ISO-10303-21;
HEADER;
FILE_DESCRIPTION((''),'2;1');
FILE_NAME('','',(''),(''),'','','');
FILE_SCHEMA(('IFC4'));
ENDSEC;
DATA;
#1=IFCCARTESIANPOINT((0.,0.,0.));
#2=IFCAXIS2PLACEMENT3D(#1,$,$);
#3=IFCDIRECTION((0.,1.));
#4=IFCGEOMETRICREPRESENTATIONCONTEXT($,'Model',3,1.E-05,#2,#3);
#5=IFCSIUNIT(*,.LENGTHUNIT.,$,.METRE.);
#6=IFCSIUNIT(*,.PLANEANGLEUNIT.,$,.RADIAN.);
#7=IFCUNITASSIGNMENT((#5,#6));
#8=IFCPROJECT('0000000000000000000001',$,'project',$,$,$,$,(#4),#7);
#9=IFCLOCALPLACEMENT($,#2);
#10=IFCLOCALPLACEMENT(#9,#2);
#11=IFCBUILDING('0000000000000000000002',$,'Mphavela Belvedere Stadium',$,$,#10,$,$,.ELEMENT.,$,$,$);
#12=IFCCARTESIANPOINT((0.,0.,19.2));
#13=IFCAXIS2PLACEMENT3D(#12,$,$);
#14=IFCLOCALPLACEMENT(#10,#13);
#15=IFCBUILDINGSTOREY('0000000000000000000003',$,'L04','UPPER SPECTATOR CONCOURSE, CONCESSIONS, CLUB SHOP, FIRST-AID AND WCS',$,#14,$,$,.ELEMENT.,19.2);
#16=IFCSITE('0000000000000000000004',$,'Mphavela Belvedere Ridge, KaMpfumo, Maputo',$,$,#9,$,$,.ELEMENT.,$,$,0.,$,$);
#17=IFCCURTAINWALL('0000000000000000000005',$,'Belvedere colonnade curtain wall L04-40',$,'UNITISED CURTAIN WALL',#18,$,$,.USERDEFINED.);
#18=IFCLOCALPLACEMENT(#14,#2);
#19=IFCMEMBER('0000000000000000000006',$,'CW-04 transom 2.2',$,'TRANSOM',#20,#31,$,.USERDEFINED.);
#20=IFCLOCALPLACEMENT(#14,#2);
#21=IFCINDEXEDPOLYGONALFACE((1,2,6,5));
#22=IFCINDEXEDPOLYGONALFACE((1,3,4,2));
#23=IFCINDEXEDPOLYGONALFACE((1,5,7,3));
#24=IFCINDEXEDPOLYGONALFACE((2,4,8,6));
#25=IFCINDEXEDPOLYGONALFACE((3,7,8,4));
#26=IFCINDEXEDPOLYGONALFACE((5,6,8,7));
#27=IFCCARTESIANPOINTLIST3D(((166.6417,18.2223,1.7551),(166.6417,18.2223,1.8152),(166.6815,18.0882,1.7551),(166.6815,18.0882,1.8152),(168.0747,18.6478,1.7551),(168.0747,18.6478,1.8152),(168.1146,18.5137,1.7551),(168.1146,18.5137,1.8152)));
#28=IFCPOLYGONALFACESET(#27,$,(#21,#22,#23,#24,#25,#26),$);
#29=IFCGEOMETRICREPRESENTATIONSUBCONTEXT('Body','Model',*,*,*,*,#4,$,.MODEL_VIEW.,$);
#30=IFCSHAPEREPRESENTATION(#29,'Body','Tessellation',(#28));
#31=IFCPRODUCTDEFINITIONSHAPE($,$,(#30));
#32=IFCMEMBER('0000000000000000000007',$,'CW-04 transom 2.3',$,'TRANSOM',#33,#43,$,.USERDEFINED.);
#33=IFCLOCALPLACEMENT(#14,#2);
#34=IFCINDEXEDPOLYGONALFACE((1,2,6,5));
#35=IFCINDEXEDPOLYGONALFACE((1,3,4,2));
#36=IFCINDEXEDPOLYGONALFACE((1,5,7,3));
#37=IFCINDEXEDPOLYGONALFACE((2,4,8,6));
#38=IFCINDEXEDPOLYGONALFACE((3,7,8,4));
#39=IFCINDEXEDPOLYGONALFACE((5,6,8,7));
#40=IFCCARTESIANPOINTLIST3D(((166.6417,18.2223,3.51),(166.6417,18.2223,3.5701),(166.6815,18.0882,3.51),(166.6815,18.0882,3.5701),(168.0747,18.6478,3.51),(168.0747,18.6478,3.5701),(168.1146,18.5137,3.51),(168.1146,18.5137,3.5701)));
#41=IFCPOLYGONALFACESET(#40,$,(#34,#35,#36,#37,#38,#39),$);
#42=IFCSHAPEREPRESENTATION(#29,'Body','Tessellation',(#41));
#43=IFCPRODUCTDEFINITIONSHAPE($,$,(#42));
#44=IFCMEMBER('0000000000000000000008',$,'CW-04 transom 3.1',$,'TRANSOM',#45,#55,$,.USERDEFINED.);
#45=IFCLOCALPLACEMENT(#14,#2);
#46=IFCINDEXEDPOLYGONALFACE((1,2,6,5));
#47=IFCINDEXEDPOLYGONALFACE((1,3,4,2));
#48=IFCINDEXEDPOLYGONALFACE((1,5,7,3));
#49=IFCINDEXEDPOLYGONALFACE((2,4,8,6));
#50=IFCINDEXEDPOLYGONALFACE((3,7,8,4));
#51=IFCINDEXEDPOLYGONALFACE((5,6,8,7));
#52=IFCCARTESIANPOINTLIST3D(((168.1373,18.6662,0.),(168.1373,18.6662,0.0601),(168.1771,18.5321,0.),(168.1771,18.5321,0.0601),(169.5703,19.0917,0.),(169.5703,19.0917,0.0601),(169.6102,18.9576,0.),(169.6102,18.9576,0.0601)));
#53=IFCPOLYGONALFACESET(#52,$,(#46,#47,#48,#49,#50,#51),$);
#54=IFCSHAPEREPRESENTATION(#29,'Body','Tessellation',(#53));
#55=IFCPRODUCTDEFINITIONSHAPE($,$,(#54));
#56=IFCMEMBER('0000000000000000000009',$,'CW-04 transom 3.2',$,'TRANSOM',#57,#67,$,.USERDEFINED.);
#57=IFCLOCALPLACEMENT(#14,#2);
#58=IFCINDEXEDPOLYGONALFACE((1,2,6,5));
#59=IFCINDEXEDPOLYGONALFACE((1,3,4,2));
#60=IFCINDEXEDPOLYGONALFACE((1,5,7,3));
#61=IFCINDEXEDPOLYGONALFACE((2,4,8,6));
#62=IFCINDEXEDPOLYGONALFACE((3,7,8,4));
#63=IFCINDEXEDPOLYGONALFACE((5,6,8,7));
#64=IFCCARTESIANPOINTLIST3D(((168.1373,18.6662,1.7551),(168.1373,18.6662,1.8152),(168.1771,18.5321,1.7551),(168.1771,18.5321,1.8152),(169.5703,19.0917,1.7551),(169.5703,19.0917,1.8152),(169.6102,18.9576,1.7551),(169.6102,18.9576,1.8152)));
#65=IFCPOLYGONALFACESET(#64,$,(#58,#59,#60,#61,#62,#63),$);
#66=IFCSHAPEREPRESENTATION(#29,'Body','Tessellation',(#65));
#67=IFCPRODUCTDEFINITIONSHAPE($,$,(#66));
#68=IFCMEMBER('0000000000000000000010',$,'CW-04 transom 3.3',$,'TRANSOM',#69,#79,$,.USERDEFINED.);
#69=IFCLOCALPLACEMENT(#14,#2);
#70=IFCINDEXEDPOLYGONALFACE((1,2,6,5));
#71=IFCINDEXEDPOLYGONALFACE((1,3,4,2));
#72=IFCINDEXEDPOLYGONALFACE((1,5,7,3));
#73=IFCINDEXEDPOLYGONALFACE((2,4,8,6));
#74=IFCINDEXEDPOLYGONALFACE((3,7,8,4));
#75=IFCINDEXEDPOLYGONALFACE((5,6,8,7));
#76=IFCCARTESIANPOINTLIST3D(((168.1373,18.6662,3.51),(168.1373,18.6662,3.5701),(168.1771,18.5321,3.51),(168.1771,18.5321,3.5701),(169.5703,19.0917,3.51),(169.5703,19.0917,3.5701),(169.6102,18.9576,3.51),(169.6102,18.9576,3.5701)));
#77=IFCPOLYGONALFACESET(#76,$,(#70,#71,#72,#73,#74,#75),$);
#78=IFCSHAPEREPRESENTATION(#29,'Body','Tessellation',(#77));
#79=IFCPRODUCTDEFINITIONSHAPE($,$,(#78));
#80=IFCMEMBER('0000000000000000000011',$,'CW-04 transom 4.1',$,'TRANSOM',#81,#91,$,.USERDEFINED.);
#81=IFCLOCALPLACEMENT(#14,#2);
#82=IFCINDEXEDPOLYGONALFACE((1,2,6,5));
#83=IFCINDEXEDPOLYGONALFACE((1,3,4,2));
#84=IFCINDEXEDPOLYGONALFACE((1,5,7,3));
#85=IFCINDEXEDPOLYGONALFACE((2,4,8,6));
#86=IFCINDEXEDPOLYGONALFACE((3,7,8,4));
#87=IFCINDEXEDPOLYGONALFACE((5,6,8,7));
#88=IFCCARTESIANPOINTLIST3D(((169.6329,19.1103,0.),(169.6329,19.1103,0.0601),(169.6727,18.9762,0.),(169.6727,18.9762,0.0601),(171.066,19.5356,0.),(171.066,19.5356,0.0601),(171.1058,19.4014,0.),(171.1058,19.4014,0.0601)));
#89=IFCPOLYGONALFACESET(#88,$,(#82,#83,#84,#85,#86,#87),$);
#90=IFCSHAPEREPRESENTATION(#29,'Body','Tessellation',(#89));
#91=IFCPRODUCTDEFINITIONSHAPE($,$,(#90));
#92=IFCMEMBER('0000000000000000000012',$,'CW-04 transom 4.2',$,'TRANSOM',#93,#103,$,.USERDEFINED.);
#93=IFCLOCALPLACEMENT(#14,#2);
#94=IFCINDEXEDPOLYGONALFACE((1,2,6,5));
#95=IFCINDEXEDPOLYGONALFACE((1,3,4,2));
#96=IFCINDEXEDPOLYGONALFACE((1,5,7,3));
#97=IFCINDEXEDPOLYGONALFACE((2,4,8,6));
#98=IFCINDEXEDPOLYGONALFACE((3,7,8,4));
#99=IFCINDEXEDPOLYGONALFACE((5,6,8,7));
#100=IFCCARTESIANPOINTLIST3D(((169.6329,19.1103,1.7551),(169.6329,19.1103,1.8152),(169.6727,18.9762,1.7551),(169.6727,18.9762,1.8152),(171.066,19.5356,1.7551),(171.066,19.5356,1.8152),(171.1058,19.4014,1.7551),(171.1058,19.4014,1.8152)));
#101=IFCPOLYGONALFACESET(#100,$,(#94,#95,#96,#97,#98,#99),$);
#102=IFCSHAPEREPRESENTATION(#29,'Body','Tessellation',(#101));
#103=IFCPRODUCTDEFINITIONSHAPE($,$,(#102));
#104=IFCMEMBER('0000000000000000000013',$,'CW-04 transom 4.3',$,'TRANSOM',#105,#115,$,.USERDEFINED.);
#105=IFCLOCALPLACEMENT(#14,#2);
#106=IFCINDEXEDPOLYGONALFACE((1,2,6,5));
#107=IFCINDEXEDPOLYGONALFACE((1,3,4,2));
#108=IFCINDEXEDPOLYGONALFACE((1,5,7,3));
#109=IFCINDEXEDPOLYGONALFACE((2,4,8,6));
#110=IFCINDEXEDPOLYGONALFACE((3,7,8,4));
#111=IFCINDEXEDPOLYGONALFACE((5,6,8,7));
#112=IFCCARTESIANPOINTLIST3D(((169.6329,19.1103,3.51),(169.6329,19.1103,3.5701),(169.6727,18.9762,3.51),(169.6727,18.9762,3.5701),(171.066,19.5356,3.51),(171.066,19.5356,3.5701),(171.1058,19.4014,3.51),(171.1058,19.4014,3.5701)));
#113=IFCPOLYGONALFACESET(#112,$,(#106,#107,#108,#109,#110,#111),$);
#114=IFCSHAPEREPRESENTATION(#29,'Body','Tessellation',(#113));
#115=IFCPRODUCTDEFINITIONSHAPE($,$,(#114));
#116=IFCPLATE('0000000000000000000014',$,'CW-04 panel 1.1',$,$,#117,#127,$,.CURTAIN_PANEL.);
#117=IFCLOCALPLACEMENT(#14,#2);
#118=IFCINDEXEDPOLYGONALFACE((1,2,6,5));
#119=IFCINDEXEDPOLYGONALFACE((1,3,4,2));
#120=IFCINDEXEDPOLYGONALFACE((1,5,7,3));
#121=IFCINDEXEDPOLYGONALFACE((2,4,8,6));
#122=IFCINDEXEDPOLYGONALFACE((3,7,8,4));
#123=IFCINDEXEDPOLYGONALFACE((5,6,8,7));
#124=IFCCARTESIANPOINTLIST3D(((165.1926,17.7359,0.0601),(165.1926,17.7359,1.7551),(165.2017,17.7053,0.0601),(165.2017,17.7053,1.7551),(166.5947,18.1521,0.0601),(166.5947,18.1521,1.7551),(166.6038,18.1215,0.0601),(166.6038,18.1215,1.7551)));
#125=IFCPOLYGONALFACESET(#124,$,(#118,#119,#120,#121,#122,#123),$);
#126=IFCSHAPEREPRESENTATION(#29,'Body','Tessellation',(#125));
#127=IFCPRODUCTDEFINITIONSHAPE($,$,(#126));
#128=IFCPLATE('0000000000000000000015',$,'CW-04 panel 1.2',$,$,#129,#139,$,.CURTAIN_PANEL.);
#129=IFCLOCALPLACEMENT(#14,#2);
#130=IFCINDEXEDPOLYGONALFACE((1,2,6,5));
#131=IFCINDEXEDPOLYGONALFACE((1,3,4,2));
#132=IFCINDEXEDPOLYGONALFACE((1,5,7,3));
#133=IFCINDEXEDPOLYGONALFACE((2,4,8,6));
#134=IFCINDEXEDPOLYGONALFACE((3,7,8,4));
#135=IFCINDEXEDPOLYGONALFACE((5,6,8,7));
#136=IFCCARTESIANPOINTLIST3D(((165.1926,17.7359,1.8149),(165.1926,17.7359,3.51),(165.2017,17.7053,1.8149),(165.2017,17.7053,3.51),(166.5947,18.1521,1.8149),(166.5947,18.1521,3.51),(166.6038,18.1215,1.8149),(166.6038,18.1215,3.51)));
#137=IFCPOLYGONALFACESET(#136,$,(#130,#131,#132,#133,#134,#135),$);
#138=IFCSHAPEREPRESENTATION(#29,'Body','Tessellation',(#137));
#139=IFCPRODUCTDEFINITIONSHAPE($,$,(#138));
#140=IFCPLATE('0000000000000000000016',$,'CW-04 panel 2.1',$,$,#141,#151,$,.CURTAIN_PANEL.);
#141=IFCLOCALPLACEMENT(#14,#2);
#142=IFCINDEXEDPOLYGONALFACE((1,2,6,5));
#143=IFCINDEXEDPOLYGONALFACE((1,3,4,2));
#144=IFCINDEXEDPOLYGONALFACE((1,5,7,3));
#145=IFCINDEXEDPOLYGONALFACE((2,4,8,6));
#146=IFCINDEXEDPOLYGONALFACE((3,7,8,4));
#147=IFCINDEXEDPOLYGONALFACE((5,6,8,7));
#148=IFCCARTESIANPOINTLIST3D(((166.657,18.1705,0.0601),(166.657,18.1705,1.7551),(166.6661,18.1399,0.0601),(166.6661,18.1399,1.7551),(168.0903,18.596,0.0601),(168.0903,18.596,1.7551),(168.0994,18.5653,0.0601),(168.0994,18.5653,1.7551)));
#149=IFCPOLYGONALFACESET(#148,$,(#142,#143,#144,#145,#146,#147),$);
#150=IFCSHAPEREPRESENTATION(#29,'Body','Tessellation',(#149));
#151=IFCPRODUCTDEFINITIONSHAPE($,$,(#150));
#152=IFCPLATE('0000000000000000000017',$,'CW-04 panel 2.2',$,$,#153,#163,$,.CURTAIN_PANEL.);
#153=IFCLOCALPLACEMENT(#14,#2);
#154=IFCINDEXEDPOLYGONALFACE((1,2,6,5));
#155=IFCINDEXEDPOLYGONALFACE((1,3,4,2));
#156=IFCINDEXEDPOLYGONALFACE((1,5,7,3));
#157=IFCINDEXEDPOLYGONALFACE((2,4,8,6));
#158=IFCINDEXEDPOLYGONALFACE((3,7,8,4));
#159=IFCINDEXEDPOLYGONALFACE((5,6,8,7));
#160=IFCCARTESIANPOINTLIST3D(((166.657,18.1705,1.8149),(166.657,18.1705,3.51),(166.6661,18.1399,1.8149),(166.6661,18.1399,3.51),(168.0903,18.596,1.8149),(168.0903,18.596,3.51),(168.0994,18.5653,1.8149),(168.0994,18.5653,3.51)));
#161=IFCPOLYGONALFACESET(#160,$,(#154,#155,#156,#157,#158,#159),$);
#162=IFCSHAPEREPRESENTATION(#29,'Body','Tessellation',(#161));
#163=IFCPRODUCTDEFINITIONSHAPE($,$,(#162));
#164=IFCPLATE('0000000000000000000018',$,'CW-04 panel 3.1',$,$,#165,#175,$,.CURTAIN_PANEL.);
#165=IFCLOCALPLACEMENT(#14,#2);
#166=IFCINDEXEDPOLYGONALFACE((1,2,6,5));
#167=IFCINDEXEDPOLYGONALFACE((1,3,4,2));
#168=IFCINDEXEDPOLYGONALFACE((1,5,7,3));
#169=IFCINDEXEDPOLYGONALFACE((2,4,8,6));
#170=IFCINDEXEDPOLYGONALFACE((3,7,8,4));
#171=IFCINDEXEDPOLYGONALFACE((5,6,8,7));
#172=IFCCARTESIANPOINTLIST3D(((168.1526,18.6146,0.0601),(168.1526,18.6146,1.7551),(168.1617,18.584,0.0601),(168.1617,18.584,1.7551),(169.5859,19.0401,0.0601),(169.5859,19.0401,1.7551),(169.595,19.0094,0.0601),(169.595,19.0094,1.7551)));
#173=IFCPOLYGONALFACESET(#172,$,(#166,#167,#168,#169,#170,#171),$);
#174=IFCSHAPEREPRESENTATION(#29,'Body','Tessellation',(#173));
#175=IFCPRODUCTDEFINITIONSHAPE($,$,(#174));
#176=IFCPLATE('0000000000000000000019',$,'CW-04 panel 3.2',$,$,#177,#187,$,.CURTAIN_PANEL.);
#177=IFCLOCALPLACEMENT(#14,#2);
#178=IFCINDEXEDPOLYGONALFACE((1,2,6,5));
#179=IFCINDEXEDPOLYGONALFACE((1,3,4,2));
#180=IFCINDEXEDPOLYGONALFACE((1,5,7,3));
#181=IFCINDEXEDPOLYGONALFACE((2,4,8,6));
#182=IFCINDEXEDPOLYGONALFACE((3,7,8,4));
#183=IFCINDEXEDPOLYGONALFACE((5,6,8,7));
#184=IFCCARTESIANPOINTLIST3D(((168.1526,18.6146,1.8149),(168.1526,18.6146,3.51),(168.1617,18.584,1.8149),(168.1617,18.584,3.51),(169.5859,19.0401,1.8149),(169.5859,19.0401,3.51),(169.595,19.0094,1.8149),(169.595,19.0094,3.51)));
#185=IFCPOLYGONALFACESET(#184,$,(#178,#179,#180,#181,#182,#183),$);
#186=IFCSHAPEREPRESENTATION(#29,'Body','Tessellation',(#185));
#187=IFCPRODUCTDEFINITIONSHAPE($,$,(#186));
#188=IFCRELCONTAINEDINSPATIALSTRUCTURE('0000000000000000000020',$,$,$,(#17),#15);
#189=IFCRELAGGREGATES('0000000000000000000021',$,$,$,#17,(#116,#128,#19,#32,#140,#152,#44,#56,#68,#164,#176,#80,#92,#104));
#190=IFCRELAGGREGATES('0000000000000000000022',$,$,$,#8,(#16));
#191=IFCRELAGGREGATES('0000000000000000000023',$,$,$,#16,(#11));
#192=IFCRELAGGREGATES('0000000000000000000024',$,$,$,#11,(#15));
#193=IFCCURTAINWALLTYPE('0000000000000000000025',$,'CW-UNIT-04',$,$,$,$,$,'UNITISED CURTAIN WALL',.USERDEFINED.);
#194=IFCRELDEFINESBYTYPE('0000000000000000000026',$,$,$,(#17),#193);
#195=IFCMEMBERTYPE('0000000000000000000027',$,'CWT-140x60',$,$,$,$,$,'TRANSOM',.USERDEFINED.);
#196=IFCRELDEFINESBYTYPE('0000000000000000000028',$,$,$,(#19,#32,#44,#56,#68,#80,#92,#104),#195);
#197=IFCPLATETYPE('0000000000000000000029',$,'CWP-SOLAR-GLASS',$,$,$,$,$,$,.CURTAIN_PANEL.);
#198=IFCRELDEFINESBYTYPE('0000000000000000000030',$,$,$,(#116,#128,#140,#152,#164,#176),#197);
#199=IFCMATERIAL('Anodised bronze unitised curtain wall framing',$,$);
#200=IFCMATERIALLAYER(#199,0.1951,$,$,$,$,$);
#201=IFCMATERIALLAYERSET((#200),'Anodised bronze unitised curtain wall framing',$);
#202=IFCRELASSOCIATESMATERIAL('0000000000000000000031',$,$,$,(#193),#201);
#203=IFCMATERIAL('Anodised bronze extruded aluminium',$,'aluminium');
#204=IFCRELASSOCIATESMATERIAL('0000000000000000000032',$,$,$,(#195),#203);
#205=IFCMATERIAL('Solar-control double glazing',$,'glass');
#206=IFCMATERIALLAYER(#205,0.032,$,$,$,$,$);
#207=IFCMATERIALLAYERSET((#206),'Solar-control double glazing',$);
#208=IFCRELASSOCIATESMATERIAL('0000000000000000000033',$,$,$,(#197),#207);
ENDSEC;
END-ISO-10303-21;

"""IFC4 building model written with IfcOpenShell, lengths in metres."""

from ifc_helpers import new_model, si_unit, direction, frame, origin, origin_2d, place, context, subcontext, project, spatial, rectangle, extrude, material, layer, layer_set, material_profile, profile_set, type_object, element, aggregate, save


model = new_model("IFC4")

# Units and contexts
model_context = context("Model", 3, precision=1e-05, world=origin(), true_north=direction((0.0, 1.0)))
body_context = subcontext(model_context, "Body", "Model", "MODEL_VIEW")
ifc_project = project(units=[si_unit("LENGTHUNIT", "METRE"), si_unit("PLANEANGLEUNIT", "RADIAN")], contexts=[model_context])

# Site, building, storey
site_placement = place(None, origin())
site = spatial("IfcSite", under=ifc_project, at=site_placement, Name="Mphavela Belvedere Ridge, KaMpfumo, Maputo", CompositionType="ELEMENT", RefElevation=0.0)
building_placement = place(site_placement, origin())
building = spatial("IfcBuilding", under=site, at=building_placement, Name="Mphavela Belvedere Stadium", CompositionType="ELEMENT")
storey_placement = place(building_placement, frame((0.0, 0.0, 19.2)))
storey = spatial("IfcBuildingStorey", under=building, at=storey_placement, Name="L04", Description="UPPER SPECTATOR CONCOURSE, CONCESSIONS, CLUB SHOP, FIRST-AID AND WCS", CompositionType="ELEMENT", Elevation=19.2)

# Curtain wall, members, plates
ifc_material_1 = material(Name="Anodised bronze unitised curtain wall framing")
ifc_layer_1 = layer(ifc_material_1, 0.1951)
ifc_layer_set_1 = layer_set([ifc_layer_1], Name="Anodised bronze unitised curtain wall framing")
curtain_wall_type = type_object("IfcCurtainWallType", Name="CW-UNIT-04", ElementType="UNITISED CURTAIN WALL", PredefinedType="USERDEFINED", material=ifc_layer_set_1)
curtain_wall_placement = place(storey_placement, origin())
curtain_wall = element("IfcCurtainWall", 1, at=curtain_wall_placement, inside=storey, type_object=curtain_wall_type, Name="Belvedere colonnade curtain wall L04-40", ObjectType="UNITISED CURTAIN WALL", PredefinedType="USERDEFINED")
ifc_material_2 = material(Name="Anodised bronze extruded aluminium", Category="aluminium")
ifc_material_profile_1 = material_profile(ifc_material_2, rectangle(XDim=0.1399, YDim=0.0601, at=origin_2d()), Name="CW-TRN 140x60")
ifc_profile_set_1 = profile_set([ifc_material_profile_1], Name="Anodised bronze extruded aluminium")
member_type_1 = type_object("IfcMemberType", Name="CWT-140x60", ElementType="TRANSOM", PredefinedType="USERDEFINED", material=ifc_profile_set_1)
member_1_placement = place(storey_placement, frame((166.6616, 18.1553, 1.7852), z_axis=(0.958632, 0.28465, 0.0), x_axis=(-0.28465, 0.958632, 0.0)))
member_1 = element("IfcMember", 2, at=member_1_placement, type_object=member_type_1, Name="CW-04 transom 2.2", ObjectType="TRANSOM", PredefinedType="USERDEFINED", context=body_context, shape_type="SweptSolid", body=[
    extrude(rectangle(XDim=0.1399, YDim=0.0601, at=origin_2d()), origin(), (0.0, 0.0, 1.0), 1.4949),
])
member_2_placement = place(storey_placement, frame((166.6616, 18.1553, 3.54), z_axis=(0.958632, 0.28465, 0.0), x_axis=(-0.28465, 0.958632, 0.0)))
member_2 = element("IfcMember", 3, at=member_2_placement, type_object=member_type_1, Name="CW-04 transom 2.3", ObjectType="TRANSOM", PredefinedType="USERDEFINED", context=body_context, shape_type="SweptSolid", body=[
    extrude(rectangle(XDim=0.1399, YDim=0.0601, at=origin_2d()), origin(), (0.0, 0.0, 1.0), 1.4949),
])
member_3_placement = place(storey_placement, frame((168.1572, 18.5991, 0.03), z_axis=(0.958632, 0.28465, 0.0), x_axis=(-0.28465, 0.958632, 0.0)))
member_3 = element("IfcMember", 4, at=member_3_placement, type_object=member_type_1, Name="CW-04 transom 3.1", ObjectType="TRANSOM", PredefinedType="USERDEFINED", context=body_context, shape_type="SweptSolid", body=[
    extrude(rectangle(XDim=0.1399, YDim=0.0601, at=origin_2d()), origin(), (0.0, 0.0, 1.0), 1.4949),
])
member_4_placement = place(storey_placement, frame((168.1572, 18.5991, 1.7852), z_axis=(0.958632, 0.28465, 0.0), x_axis=(-0.28465, 0.958632, 0.0)))
member_4 = element("IfcMember", 5, at=member_4_placement, type_object=member_type_1, Name="CW-04 transom 3.2", ObjectType="TRANSOM", PredefinedType="USERDEFINED", context=body_context, shape_type="SweptSolid", body=[
    extrude(rectangle(XDim=0.1399, YDim=0.0601, at=origin_2d()), origin(), (0.0, 0.0, 1.0), 1.4949),
])
member_5_placement = place(storey_placement, frame((168.1572, 18.5991, 3.54), z_axis=(0.958632, 0.28465, 0.0), x_axis=(-0.28465, 0.958632, 0.0)))
member_5 = element("IfcMember", 6, at=member_5_placement, type_object=member_type_1, Name="CW-04 transom 3.3", ObjectType="TRANSOM", PredefinedType="USERDEFINED", context=body_context, shape_type="SweptSolid", body=[
    extrude(rectangle(XDim=0.1399, YDim=0.0601, at=origin_2d()), origin(), (0.0, 0.0, 1.0), 1.4949),
])
member_6_placement = place(storey_placement, frame((169.6528, 19.0432, 0.03), z_axis=(0.958676, 0.2845, 0.0), x_axis=(-0.2845, 0.958676, 0.0)))
member_6 = element("IfcMember", 7, at=member_6_placement, type_object=member_type_1, Name="CW-04 transom 4.1", ObjectType="TRANSOM", PredefinedType="USERDEFINED", context=body_context, shape_type="SweptSolid", body=[
    extrude(rectangle(XDim=0.1399, YDim=0.0601, at=origin_2d()), origin(), (0.0, 0.0, 1.0), 1.4949),
])
member_7_placement = place(storey_placement, frame((169.6528, 19.0432, 1.7852), z_axis=(0.958676, 0.2845, 0.0), x_axis=(-0.2845, 0.958676, 0.0)))
member_7 = element("IfcMember", 8, at=member_7_placement, type_object=member_type_1, Name="CW-04 transom 4.2", ObjectType="TRANSOM", PredefinedType="USERDEFINED", context=body_context, shape_type="SweptSolid", body=[
    extrude(rectangle(XDim=0.1399, YDim=0.0601, at=origin_2d()), origin(), (0.0, 0.0, 1.0), 1.4949),
])
member_8_placement = place(storey_placement, frame((169.6528, 19.0432, 3.54), z_axis=(0.958676, 0.2845, 0.0), x_axis=(-0.2845, 0.958676, 0.0)))
member_8 = element("IfcMember", 9, at=member_8_placement, type_object=member_type_1, Name="CW-04 transom 4.3", ObjectType="TRANSOM", PredefinedType="USERDEFINED", context=body_context, shape_type="SweptSolid", body=[
    extrude(rectangle(XDim=0.1399, YDim=0.0601, at=origin_2d()), origin(), (0.0, 0.0, 1.0), 1.4949),
])
ifc_material_3 = material(Name="Solar-control double glazing", Category="glass")
ifc_layer_2 = layer(ifc_material_3, 0.032)
ifc_layer_set_2 = layer_set([ifc_layer_2], Name="Solar-control double glazing")
plate_type = type_object("IfcPlateType", Name="CWP-SOLAR-GLASS", PredefinedType="CURTAIN_PANEL", material=ifc_layer_set_2)
plate_1_placement = place(storey_placement, frame((165.8982, 17.9287, 0.0601), z_axis=(0.0, 0.0, 1.0), x_axis=(0.958658, 0.284561, 0.0)))
plate_1 = element("IfcPlate", 10, at=plate_1_placement, type_object=plate_type, Name="CW-04 panel 1.1", PredefinedType="CURTAIN_PANEL", context=body_context, shape_type="SweptSolid", body=[
    extrude(rectangle(XDim=1.4626, YDim=0.032, at=origin_2d()), origin(), (0.0, 0.0, 1.0), 1.6951),
])
plate_2_placement = place(storey_placement, frame((165.8982, 17.9287, 1.8149), z_axis=(0.0, 0.0, 1.0), x_axis=(0.958658, 0.284561, 0.0)))
plate_2 = element("IfcPlate", 11, at=plate_2_placement, type_object=plate_type, Name="CW-04 panel 1.2", PredefinedType="CURTAIN_PANEL", context=body_context, shape_type="SweptSolid", body=[
    extrude(rectangle(XDim=1.4626, YDim=0.032, at=origin_2d()), origin(), (0.0, 0.0, 1.0), 1.6951),
])
plate_3_placement = place(storey_placement, frame((167.3782, 18.3679, 0.0601), z_axis=(0.0, 0.0, 1.0), x_axis=(0.958658, 0.284561, 0.0)))
plate_3 = element("IfcPlate", 12, at=plate_3_placement, type_object=plate_type, Name="CW-04 panel 2.1", PredefinedType="CURTAIN_PANEL", context=body_context, shape_type="SweptSolid", body=[
    extrude(rectangle(XDim=1.4951, YDim=0.032, at=origin_2d()), origin(), (0.0, 0.0, 1.0), 1.6951),
])
plate_4_placement = place(storey_placement, frame((167.3782, 18.3679, 1.8149), z_axis=(0.0, 0.0, 1.0), x_axis=(0.958658, 0.284561, 0.0)))
plate_4 = element("IfcPlate", 13, at=plate_4_placement, type_object=plate_type, Name="CW-04 panel 2.2", PredefinedType="CURTAIN_PANEL", context=body_context, shape_type="SweptSolid", body=[
    extrude(rectangle(XDim=1.4951, YDim=0.032, at=origin_2d()), origin(), (0.0, 0.0, 1.0), 1.6951),
])
plate_5_placement = place(storey_placement, frame((168.8738, 18.812, 0.0601), z_axis=(0.0, 0.0, 1.0), x_axis=(0.958658, 0.284561, 0.0)))
plate_5 = element("IfcPlate", 14, at=plate_5_placement, type_object=plate_type, Name="CW-04 panel 3.1", PredefinedType="CURTAIN_PANEL", context=body_context, shape_type="SweptSolid", body=[
    extrude(rectangle(XDim=1.4951, YDim=0.032, at=origin_2d()), origin(), (0.0, 0.0, 1.0), 1.6951),
])
plate_6_placement = place(storey_placement, frame((168.8738, 18.812, 1.8149), z_axis=(0.0, 0.0, 1.0), x_axis=(0.958658, 0.284561, 0.0)))
plate_6 = element("IfcPlate", 15, at=plate_6_placement, type_object=plate_type, Name="CW-04 panel 3.2", PredefinedType="CURTAIN_PANEL", context=body_context, shape_type="SweptSolid", body=[
    extrude(rectangle(XDim=1.4951, YDim=0.032, at=origin_2d()), origin(), (0.0, 0.0, 1.0), 1.6951),
])
aggregate(curtain_wall, [plate_1, plate_2, member_1, member_2, plate_3, plate_4, member_3, member_4, member_5, plate_5, plate_6, member_6, member_7, member_8])

save(model, "model.ifc")
